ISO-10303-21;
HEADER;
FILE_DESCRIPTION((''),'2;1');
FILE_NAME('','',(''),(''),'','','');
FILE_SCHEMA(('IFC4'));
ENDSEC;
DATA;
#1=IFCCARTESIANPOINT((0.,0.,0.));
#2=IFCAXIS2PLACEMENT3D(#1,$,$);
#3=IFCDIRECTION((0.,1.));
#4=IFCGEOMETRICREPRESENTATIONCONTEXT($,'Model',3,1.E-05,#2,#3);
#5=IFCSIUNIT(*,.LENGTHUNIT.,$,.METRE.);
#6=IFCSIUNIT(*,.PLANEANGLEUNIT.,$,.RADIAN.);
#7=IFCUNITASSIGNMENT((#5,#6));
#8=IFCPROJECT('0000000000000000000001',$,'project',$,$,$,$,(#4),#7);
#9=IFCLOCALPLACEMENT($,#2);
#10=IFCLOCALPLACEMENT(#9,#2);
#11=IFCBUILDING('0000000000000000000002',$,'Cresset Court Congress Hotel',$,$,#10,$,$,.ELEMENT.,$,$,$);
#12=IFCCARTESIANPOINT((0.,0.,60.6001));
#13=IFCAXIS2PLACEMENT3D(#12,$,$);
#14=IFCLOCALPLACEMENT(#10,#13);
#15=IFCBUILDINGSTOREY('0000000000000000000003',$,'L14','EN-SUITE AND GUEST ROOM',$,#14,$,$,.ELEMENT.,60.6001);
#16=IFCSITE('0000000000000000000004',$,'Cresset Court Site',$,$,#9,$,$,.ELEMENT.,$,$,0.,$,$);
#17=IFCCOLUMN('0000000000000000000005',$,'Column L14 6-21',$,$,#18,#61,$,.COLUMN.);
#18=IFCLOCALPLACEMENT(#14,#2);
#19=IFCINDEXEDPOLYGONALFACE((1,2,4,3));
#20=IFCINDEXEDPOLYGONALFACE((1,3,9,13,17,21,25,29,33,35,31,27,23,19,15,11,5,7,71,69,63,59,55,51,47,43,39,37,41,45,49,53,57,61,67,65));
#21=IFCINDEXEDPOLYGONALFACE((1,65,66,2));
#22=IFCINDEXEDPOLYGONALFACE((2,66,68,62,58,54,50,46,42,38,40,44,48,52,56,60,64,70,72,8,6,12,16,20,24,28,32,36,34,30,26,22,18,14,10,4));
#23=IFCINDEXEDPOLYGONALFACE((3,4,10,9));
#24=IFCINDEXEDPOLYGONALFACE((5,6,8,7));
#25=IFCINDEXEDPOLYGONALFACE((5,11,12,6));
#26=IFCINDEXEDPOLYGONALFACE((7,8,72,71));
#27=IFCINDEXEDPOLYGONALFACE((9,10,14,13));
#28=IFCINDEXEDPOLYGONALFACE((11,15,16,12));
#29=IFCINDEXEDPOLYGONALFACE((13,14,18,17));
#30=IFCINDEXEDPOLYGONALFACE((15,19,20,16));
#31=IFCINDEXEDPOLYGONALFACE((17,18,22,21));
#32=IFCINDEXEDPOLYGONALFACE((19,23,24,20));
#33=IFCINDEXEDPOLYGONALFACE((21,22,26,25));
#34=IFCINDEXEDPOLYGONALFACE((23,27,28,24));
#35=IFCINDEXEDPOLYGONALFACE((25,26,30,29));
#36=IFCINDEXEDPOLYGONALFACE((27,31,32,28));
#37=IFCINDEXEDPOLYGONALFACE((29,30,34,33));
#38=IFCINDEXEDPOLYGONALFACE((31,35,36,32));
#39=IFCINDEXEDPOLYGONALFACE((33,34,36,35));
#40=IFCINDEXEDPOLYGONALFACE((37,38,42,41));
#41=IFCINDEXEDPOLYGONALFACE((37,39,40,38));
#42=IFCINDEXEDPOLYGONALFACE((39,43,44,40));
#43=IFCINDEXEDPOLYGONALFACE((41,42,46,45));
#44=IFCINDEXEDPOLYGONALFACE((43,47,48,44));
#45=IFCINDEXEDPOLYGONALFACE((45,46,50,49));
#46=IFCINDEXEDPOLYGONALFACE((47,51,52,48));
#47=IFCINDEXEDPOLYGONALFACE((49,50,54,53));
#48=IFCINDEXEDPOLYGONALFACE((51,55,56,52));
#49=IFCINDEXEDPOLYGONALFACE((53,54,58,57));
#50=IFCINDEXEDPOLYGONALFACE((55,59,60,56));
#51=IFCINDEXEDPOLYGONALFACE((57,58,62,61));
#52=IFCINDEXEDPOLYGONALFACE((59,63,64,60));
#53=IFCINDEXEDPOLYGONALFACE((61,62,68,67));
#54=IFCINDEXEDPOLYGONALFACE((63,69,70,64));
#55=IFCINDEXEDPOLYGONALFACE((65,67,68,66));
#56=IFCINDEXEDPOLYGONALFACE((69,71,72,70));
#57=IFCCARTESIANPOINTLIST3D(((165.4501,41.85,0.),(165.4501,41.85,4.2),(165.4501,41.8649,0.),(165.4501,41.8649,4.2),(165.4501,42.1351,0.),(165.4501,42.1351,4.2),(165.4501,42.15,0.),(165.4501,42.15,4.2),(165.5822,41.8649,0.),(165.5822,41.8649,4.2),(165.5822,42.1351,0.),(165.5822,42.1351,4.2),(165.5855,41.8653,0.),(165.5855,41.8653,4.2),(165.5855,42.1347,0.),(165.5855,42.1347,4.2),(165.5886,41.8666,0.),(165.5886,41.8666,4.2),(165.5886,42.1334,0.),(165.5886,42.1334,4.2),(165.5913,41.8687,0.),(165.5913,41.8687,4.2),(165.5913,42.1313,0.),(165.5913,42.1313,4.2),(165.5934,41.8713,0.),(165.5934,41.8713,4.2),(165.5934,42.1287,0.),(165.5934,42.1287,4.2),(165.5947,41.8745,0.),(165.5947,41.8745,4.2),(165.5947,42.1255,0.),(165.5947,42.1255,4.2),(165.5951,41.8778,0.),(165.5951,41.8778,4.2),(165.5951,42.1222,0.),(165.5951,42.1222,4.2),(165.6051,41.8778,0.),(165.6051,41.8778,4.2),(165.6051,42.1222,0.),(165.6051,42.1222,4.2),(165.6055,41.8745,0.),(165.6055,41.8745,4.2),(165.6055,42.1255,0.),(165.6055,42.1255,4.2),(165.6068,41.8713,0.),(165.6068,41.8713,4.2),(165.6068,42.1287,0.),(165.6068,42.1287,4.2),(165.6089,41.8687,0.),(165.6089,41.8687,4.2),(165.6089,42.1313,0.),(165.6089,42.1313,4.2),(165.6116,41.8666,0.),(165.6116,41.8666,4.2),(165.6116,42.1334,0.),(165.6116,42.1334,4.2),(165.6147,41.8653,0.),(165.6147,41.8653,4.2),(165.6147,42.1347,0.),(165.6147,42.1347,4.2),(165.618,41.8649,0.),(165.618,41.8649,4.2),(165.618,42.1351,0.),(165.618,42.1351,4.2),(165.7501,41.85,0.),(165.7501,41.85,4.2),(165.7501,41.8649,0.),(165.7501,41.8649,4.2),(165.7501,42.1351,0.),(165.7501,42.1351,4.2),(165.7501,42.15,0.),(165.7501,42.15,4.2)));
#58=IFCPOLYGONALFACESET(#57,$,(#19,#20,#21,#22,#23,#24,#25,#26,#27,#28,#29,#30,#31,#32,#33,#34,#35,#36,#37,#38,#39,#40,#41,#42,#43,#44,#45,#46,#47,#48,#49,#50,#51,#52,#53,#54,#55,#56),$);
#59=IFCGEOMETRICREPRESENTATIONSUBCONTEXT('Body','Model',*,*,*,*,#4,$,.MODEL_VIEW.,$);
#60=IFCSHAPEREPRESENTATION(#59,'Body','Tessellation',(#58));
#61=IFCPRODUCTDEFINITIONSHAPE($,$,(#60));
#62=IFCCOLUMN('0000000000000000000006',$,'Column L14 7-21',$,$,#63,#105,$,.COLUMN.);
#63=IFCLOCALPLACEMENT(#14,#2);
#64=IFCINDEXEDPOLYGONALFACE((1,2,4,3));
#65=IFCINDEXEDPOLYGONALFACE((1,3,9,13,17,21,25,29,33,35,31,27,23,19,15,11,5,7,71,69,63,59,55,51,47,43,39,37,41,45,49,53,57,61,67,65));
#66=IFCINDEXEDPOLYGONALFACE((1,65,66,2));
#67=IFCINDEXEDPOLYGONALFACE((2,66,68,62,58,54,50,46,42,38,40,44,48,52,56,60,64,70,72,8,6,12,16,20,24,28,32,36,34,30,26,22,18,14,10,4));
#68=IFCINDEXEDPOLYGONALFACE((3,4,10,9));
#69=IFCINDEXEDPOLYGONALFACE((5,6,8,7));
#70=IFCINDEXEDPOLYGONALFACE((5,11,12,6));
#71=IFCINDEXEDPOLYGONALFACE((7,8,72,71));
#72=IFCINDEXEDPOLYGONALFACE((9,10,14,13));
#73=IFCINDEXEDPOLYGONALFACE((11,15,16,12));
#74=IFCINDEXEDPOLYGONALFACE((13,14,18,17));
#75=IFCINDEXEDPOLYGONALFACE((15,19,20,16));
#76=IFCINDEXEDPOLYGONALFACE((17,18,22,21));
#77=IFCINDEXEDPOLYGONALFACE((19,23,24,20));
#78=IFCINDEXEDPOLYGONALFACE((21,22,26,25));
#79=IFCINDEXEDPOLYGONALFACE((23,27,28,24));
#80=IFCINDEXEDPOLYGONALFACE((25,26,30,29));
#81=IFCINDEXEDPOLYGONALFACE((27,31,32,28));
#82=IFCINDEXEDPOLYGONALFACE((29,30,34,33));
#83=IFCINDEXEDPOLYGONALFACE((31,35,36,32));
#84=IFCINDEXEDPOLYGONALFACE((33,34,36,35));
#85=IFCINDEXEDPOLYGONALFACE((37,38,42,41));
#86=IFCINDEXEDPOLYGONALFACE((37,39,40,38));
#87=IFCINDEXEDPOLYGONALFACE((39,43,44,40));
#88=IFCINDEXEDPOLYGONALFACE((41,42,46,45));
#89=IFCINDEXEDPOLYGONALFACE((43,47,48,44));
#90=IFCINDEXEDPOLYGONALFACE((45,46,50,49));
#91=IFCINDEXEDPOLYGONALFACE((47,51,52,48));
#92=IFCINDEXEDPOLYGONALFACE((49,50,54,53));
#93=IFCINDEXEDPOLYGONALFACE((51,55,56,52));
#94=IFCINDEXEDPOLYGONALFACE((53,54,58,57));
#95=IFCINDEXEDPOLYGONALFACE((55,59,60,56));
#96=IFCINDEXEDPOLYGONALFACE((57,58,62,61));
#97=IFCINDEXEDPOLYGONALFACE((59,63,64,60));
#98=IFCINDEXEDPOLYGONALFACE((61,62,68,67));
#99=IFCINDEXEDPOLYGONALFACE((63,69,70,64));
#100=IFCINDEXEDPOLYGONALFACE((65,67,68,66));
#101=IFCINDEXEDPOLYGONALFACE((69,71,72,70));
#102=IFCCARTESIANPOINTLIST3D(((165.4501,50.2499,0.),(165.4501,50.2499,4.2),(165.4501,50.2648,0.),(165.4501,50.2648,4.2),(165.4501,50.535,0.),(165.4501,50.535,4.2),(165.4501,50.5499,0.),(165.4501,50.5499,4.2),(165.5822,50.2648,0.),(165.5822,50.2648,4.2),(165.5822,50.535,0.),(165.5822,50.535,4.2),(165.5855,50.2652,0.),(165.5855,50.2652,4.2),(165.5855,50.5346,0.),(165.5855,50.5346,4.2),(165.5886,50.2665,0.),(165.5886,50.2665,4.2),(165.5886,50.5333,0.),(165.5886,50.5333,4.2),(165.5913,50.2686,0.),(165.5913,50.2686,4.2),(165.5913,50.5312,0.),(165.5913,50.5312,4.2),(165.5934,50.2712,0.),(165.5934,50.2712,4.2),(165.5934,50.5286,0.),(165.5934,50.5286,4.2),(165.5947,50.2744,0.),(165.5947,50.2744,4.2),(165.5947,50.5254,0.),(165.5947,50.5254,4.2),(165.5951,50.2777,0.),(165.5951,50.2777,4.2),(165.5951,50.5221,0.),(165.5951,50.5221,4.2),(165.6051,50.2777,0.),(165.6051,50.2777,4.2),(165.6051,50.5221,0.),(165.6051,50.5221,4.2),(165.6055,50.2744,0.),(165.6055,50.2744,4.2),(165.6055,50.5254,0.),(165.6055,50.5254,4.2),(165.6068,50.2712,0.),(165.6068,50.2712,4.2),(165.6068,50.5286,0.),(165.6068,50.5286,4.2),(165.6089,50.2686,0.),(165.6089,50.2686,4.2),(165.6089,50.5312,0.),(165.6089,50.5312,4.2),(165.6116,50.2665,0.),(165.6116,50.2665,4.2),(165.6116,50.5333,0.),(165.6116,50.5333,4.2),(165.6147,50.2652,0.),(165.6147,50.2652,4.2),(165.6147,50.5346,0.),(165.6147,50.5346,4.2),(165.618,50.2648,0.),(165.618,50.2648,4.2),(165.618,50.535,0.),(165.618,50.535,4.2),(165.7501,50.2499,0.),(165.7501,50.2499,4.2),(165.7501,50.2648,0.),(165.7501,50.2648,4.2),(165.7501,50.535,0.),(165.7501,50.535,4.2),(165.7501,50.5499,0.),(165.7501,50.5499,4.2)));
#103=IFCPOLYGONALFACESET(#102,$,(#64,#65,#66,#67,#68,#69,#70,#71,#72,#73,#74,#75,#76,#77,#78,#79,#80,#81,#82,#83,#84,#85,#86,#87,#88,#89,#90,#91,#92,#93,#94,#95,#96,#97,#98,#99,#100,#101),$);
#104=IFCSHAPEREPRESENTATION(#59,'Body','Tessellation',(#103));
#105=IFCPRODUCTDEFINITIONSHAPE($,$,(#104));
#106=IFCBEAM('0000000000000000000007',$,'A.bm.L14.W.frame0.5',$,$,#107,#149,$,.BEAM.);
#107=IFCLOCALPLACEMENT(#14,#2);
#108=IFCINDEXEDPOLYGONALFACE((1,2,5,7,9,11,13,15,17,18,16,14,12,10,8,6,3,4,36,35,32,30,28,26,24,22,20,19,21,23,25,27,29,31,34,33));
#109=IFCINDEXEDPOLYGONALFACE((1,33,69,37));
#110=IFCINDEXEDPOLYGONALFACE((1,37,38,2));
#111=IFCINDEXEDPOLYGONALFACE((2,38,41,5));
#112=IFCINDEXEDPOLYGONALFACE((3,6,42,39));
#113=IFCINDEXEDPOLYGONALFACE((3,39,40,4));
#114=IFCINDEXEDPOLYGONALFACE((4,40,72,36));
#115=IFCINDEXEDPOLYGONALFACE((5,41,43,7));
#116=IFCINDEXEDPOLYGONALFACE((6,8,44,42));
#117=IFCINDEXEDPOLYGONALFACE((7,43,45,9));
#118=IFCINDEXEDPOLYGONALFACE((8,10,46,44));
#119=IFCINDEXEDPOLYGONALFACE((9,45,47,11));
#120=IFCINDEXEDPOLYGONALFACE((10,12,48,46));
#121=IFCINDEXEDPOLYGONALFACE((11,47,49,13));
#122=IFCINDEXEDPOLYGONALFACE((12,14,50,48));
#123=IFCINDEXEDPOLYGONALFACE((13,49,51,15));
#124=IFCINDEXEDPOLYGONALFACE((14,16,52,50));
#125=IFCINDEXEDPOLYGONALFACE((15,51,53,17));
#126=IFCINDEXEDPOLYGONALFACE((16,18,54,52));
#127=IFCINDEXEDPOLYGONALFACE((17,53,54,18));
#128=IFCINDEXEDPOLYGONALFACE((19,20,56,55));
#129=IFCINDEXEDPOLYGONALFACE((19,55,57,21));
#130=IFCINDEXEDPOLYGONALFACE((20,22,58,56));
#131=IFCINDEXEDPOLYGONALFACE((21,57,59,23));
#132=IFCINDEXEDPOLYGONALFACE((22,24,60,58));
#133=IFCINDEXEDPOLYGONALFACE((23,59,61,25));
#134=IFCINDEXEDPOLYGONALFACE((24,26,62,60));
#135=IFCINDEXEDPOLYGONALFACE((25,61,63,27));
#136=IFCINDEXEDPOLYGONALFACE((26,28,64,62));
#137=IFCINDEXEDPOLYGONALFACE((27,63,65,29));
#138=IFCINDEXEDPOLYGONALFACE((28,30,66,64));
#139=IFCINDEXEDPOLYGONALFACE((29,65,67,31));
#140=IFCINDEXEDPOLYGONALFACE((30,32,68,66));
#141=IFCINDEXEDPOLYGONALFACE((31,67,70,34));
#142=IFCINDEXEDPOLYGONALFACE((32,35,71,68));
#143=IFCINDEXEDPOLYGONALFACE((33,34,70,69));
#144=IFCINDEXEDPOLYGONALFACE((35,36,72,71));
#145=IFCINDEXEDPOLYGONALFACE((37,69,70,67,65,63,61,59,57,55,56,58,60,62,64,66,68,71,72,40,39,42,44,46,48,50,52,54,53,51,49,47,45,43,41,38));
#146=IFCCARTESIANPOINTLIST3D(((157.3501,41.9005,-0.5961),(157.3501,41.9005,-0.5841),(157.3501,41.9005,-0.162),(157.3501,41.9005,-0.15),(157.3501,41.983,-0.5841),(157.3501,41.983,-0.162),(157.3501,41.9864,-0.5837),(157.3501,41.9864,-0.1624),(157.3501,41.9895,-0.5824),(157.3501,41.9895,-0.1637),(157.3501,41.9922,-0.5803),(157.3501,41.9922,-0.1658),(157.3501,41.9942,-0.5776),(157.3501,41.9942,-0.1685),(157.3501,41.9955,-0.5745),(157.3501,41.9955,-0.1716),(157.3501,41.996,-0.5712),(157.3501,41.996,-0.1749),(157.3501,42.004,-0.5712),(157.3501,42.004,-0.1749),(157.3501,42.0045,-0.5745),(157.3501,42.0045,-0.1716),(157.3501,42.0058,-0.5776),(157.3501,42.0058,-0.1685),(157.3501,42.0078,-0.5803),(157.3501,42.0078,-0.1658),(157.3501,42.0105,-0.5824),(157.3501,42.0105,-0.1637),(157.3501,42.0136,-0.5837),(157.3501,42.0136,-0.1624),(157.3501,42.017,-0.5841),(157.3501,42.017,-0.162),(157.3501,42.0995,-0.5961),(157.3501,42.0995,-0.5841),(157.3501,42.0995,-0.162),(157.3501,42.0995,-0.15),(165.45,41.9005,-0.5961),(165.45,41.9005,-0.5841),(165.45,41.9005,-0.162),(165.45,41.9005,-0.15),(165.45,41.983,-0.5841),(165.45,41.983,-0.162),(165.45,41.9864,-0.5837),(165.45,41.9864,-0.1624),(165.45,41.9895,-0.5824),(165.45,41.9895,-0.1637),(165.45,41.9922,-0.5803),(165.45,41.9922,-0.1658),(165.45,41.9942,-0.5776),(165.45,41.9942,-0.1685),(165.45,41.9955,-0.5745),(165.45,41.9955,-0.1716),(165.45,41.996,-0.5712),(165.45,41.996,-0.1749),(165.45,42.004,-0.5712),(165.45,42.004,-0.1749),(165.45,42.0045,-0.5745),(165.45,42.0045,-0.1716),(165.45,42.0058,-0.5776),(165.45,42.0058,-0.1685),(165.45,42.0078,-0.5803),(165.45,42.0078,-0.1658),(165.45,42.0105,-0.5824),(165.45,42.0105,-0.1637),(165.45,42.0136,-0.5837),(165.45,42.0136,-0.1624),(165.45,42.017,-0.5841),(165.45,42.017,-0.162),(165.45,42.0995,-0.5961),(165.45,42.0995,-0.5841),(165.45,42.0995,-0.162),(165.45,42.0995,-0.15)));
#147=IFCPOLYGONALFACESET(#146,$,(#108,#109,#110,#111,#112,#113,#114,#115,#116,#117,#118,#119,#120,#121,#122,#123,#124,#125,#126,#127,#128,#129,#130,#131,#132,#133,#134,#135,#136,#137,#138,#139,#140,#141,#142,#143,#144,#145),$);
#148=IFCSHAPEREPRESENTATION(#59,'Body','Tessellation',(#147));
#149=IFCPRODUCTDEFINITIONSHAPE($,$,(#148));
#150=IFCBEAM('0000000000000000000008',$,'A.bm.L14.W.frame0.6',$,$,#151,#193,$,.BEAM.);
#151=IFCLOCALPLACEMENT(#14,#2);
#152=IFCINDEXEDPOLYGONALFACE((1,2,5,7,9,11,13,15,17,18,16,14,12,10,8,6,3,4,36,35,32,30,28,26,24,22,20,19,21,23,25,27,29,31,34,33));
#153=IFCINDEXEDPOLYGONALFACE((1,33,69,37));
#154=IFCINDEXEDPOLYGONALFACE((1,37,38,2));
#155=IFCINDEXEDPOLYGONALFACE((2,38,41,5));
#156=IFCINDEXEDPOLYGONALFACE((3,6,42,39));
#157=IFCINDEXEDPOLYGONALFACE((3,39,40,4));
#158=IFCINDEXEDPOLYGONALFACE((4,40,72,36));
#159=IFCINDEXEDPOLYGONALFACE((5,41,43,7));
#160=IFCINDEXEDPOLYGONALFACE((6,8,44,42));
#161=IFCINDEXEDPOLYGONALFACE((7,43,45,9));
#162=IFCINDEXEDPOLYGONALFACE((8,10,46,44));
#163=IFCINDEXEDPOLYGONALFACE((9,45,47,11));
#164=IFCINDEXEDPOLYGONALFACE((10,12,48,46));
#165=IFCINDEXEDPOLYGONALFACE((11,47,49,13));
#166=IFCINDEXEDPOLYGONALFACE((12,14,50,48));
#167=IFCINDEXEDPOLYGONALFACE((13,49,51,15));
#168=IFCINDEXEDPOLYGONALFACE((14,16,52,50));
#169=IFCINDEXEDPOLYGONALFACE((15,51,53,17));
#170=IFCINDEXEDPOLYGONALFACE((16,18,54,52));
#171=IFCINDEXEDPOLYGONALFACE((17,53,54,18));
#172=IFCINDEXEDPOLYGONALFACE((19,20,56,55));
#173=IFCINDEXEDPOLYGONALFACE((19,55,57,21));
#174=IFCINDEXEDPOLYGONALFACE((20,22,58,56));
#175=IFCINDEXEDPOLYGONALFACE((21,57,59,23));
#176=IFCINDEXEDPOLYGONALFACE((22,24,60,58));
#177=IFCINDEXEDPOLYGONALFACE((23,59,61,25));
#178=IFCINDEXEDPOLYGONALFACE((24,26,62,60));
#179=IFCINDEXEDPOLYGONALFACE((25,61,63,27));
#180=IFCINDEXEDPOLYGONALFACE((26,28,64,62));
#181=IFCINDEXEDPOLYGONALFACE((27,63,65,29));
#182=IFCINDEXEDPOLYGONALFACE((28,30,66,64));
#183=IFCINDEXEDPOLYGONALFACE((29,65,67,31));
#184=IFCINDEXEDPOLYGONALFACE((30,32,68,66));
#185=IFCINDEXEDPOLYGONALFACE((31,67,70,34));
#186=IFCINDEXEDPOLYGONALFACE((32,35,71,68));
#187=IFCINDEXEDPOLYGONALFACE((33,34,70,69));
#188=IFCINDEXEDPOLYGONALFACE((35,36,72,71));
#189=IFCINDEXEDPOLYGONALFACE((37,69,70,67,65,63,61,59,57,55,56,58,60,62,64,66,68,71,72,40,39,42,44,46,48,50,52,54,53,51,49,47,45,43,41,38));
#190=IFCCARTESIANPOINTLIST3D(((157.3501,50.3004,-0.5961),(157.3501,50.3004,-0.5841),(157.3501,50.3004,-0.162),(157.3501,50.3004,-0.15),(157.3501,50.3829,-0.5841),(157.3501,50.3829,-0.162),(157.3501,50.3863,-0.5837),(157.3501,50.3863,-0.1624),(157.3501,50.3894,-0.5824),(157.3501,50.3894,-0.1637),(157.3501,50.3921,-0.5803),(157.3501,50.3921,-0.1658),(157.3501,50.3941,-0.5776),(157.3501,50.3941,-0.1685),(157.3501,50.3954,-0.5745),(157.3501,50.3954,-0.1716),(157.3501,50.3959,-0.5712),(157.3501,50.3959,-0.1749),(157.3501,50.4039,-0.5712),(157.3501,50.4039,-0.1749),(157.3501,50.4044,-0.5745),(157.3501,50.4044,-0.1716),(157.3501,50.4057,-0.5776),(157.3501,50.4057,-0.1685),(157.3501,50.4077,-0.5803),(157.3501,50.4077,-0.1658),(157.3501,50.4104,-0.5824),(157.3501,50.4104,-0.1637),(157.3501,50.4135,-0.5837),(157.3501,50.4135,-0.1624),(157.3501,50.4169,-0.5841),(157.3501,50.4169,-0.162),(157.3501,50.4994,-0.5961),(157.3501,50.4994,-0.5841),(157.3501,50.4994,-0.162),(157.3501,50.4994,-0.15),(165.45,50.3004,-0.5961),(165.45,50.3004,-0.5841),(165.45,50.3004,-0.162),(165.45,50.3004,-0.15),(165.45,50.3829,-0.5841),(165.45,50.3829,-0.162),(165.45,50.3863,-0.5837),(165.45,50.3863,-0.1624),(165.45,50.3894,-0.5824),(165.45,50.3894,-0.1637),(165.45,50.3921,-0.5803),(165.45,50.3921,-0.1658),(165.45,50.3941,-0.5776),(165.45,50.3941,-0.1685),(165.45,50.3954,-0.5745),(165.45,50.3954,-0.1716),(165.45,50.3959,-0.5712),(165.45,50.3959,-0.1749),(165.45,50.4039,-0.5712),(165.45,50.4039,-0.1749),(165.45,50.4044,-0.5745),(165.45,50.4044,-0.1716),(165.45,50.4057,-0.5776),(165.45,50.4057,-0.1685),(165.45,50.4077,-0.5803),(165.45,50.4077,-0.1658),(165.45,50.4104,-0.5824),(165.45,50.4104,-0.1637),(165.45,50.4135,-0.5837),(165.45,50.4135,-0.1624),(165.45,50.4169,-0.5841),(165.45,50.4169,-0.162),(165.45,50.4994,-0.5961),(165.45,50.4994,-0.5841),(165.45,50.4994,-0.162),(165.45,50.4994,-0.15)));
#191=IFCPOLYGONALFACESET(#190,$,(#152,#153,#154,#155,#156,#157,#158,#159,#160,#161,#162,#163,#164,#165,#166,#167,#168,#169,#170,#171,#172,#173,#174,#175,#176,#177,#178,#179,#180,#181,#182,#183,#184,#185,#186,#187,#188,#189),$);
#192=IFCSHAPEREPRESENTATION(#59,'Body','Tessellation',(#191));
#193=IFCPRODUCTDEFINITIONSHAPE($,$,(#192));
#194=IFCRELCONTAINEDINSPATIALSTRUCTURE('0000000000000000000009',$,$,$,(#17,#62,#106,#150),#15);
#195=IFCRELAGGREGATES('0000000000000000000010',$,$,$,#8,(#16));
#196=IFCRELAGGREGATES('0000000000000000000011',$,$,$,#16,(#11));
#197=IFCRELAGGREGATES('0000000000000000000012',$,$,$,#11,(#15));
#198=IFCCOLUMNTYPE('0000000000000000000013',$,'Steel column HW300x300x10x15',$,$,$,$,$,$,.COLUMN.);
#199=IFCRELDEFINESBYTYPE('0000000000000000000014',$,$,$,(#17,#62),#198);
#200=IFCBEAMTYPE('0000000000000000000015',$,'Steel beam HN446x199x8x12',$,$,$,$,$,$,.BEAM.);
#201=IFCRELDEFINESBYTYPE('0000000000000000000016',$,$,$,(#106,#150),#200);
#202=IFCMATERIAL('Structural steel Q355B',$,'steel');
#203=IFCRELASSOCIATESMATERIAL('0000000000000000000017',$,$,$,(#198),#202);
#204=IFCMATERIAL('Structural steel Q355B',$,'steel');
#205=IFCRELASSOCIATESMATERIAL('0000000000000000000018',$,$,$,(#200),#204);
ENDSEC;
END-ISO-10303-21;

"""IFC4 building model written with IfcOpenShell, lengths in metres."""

from ifc_helpers import new_model, si_unit, direction, frame, origin, origin_2d, place, context, subcontext, project, spatial, i_section, extrude, material, material_profile, profile_set, type_object, element, save


model = new_model("IFC4")

# Units and contexts
model_context = context("Model", 3, precision=1e-05, world=origin(), true_north=direction((0.0, 1.0)))
body_context = subcontext(model_context, "Body", "Model", "MODEL_VIEW")
ifc_project = project(units=[si_unit("LENGTHUNIT", "METRE"), si_unit("PLANEANGLEUNIT", "RADIAN")], contexts=[model_context])

# Site, building, storey
site_placement = place(None, origin())
site = spatial("IfcSite", under=ifc_project, at=site_placement, Name="Cresset Court Site", CompositionType="ELEMENT", RefElevation=0.0)
building_placement = place(site_placement, origin())
building = spatial("IfcBuilding", under=site, at=building_placement, Name="Cresset Court Congress Hotel", CompositionType="ELEMENT")
storey_placement = place(building_placement, frame((0.0, 0.0, 60.6001)))
storey = spatial("IfcBuildingStorey", under=building, at=storey_placement, Name="L14", Description="EN-SUITE AND GUEST ROOM", CompositionType="ELEMENT", Elevation=60.6001)

# Columns
ifc_material_1 = material(Name="Structural steel Q355B", Category="steel")
ifc_material_profile_1 = material_profile(ifc_material_1, i_section(OverallWidth=0.3, OverallDepth=0.3, WebThickness=0.01, FlangeThickness=0.0149, FilletRadius=0.0129, at=origin_2d()), Name="HW300x300x10x15")
ifc_profile_set_1 = profile_set([ifc_material_profile_1], Name="Structural steel Q355B")
column_type = type_object("IfcColumnType", Name="Steel column HW300x300x10x15", PredefinedType="COLUMN", material=ifc_profile_set_1)
for number, where, z_axis, x_axis, name in (
    (1, (165.6001, 42.0, 0.0), (0.0, 0.0, 1.0), (1.0, 0.0, 0.0), "Column L14 6-21"),
    (2, (165.6001, 50.3999, 0.0), (0.0, 0.0, 1.0), (1.0, 0.0, 0.0), "Column L14 7-21"),
):
    element("IfcColumn", number, at=place(storey_placement, frame(where, z_axis=z_axis, x_axis=x_axis)), inside=storey, type_object=column_type, Name=name, PredefinedType="COLUMN", context=body_context, shape_type="SweptSolid", body=[
        extrude(i_section(OverallWidth=0.3, OverallDepth=0.3, WebThickness=0.01, FlangeThickness=0.0149, FilletRadius=0.0129, at=origin_2d()), origin(), (0.0, 0.0, 1.0), 4.2),
    ])

# Beams
ifc_material_2 = material(Name="Structural steel Q355B", Category="steel")
ifc_material_profile_2 = material_profile(ifc_material_2, i_section(OverallWidth=0.199, OverallDepth=0.446, WebThickness=0.0081, FlangeThickness=0.012, FilletRadius=0.0129, at=origin_2d()), Name="HN446x199x8x12")
ifc_profile_set_2 = profile_set([ifc_material_profile_2], Name="Structural steel Q355B")
beam_type = type_object("IfcBeamType", Name="Steel beam HN446x199x8x12", PredefinedType="BEAM", material=ifc_profile_set_2)
for number, where, z_axis, x_axis, name in (
    (3, (157.3501, 42.0, -0.373), (1.0, 0.0, 0.0), (0.0, 1.0, 0.0), "A.bm.L14.W.frame0.5"),
    (4, (157.3501, 50.3999, -0.373), (1.0, 0.0, 0.0), (0.0, 1.0, 0.0), "A.bm.L14.W.frame0.6"),
):
    element("IfcBeam", number, at=place(storey_placement, frame(where, z_axis=z_axis, x_axis=x_axis)), inside=storey, type_object=beam_type, Name=name, PredefinedType="BEAM", context=body_context, shape_type="SweptSolid", body=[
        extrude(i_section(OverallWidth=0.199, OverallDepth=0.446, WebThickness=0.0081, FlangeThickness=0.012, FilletRadius=0.0129, at=origin_2d()), origin(), (0.0, 0.0, 1.0), 8.0999),
    ])

save(model, "model.ifc")
